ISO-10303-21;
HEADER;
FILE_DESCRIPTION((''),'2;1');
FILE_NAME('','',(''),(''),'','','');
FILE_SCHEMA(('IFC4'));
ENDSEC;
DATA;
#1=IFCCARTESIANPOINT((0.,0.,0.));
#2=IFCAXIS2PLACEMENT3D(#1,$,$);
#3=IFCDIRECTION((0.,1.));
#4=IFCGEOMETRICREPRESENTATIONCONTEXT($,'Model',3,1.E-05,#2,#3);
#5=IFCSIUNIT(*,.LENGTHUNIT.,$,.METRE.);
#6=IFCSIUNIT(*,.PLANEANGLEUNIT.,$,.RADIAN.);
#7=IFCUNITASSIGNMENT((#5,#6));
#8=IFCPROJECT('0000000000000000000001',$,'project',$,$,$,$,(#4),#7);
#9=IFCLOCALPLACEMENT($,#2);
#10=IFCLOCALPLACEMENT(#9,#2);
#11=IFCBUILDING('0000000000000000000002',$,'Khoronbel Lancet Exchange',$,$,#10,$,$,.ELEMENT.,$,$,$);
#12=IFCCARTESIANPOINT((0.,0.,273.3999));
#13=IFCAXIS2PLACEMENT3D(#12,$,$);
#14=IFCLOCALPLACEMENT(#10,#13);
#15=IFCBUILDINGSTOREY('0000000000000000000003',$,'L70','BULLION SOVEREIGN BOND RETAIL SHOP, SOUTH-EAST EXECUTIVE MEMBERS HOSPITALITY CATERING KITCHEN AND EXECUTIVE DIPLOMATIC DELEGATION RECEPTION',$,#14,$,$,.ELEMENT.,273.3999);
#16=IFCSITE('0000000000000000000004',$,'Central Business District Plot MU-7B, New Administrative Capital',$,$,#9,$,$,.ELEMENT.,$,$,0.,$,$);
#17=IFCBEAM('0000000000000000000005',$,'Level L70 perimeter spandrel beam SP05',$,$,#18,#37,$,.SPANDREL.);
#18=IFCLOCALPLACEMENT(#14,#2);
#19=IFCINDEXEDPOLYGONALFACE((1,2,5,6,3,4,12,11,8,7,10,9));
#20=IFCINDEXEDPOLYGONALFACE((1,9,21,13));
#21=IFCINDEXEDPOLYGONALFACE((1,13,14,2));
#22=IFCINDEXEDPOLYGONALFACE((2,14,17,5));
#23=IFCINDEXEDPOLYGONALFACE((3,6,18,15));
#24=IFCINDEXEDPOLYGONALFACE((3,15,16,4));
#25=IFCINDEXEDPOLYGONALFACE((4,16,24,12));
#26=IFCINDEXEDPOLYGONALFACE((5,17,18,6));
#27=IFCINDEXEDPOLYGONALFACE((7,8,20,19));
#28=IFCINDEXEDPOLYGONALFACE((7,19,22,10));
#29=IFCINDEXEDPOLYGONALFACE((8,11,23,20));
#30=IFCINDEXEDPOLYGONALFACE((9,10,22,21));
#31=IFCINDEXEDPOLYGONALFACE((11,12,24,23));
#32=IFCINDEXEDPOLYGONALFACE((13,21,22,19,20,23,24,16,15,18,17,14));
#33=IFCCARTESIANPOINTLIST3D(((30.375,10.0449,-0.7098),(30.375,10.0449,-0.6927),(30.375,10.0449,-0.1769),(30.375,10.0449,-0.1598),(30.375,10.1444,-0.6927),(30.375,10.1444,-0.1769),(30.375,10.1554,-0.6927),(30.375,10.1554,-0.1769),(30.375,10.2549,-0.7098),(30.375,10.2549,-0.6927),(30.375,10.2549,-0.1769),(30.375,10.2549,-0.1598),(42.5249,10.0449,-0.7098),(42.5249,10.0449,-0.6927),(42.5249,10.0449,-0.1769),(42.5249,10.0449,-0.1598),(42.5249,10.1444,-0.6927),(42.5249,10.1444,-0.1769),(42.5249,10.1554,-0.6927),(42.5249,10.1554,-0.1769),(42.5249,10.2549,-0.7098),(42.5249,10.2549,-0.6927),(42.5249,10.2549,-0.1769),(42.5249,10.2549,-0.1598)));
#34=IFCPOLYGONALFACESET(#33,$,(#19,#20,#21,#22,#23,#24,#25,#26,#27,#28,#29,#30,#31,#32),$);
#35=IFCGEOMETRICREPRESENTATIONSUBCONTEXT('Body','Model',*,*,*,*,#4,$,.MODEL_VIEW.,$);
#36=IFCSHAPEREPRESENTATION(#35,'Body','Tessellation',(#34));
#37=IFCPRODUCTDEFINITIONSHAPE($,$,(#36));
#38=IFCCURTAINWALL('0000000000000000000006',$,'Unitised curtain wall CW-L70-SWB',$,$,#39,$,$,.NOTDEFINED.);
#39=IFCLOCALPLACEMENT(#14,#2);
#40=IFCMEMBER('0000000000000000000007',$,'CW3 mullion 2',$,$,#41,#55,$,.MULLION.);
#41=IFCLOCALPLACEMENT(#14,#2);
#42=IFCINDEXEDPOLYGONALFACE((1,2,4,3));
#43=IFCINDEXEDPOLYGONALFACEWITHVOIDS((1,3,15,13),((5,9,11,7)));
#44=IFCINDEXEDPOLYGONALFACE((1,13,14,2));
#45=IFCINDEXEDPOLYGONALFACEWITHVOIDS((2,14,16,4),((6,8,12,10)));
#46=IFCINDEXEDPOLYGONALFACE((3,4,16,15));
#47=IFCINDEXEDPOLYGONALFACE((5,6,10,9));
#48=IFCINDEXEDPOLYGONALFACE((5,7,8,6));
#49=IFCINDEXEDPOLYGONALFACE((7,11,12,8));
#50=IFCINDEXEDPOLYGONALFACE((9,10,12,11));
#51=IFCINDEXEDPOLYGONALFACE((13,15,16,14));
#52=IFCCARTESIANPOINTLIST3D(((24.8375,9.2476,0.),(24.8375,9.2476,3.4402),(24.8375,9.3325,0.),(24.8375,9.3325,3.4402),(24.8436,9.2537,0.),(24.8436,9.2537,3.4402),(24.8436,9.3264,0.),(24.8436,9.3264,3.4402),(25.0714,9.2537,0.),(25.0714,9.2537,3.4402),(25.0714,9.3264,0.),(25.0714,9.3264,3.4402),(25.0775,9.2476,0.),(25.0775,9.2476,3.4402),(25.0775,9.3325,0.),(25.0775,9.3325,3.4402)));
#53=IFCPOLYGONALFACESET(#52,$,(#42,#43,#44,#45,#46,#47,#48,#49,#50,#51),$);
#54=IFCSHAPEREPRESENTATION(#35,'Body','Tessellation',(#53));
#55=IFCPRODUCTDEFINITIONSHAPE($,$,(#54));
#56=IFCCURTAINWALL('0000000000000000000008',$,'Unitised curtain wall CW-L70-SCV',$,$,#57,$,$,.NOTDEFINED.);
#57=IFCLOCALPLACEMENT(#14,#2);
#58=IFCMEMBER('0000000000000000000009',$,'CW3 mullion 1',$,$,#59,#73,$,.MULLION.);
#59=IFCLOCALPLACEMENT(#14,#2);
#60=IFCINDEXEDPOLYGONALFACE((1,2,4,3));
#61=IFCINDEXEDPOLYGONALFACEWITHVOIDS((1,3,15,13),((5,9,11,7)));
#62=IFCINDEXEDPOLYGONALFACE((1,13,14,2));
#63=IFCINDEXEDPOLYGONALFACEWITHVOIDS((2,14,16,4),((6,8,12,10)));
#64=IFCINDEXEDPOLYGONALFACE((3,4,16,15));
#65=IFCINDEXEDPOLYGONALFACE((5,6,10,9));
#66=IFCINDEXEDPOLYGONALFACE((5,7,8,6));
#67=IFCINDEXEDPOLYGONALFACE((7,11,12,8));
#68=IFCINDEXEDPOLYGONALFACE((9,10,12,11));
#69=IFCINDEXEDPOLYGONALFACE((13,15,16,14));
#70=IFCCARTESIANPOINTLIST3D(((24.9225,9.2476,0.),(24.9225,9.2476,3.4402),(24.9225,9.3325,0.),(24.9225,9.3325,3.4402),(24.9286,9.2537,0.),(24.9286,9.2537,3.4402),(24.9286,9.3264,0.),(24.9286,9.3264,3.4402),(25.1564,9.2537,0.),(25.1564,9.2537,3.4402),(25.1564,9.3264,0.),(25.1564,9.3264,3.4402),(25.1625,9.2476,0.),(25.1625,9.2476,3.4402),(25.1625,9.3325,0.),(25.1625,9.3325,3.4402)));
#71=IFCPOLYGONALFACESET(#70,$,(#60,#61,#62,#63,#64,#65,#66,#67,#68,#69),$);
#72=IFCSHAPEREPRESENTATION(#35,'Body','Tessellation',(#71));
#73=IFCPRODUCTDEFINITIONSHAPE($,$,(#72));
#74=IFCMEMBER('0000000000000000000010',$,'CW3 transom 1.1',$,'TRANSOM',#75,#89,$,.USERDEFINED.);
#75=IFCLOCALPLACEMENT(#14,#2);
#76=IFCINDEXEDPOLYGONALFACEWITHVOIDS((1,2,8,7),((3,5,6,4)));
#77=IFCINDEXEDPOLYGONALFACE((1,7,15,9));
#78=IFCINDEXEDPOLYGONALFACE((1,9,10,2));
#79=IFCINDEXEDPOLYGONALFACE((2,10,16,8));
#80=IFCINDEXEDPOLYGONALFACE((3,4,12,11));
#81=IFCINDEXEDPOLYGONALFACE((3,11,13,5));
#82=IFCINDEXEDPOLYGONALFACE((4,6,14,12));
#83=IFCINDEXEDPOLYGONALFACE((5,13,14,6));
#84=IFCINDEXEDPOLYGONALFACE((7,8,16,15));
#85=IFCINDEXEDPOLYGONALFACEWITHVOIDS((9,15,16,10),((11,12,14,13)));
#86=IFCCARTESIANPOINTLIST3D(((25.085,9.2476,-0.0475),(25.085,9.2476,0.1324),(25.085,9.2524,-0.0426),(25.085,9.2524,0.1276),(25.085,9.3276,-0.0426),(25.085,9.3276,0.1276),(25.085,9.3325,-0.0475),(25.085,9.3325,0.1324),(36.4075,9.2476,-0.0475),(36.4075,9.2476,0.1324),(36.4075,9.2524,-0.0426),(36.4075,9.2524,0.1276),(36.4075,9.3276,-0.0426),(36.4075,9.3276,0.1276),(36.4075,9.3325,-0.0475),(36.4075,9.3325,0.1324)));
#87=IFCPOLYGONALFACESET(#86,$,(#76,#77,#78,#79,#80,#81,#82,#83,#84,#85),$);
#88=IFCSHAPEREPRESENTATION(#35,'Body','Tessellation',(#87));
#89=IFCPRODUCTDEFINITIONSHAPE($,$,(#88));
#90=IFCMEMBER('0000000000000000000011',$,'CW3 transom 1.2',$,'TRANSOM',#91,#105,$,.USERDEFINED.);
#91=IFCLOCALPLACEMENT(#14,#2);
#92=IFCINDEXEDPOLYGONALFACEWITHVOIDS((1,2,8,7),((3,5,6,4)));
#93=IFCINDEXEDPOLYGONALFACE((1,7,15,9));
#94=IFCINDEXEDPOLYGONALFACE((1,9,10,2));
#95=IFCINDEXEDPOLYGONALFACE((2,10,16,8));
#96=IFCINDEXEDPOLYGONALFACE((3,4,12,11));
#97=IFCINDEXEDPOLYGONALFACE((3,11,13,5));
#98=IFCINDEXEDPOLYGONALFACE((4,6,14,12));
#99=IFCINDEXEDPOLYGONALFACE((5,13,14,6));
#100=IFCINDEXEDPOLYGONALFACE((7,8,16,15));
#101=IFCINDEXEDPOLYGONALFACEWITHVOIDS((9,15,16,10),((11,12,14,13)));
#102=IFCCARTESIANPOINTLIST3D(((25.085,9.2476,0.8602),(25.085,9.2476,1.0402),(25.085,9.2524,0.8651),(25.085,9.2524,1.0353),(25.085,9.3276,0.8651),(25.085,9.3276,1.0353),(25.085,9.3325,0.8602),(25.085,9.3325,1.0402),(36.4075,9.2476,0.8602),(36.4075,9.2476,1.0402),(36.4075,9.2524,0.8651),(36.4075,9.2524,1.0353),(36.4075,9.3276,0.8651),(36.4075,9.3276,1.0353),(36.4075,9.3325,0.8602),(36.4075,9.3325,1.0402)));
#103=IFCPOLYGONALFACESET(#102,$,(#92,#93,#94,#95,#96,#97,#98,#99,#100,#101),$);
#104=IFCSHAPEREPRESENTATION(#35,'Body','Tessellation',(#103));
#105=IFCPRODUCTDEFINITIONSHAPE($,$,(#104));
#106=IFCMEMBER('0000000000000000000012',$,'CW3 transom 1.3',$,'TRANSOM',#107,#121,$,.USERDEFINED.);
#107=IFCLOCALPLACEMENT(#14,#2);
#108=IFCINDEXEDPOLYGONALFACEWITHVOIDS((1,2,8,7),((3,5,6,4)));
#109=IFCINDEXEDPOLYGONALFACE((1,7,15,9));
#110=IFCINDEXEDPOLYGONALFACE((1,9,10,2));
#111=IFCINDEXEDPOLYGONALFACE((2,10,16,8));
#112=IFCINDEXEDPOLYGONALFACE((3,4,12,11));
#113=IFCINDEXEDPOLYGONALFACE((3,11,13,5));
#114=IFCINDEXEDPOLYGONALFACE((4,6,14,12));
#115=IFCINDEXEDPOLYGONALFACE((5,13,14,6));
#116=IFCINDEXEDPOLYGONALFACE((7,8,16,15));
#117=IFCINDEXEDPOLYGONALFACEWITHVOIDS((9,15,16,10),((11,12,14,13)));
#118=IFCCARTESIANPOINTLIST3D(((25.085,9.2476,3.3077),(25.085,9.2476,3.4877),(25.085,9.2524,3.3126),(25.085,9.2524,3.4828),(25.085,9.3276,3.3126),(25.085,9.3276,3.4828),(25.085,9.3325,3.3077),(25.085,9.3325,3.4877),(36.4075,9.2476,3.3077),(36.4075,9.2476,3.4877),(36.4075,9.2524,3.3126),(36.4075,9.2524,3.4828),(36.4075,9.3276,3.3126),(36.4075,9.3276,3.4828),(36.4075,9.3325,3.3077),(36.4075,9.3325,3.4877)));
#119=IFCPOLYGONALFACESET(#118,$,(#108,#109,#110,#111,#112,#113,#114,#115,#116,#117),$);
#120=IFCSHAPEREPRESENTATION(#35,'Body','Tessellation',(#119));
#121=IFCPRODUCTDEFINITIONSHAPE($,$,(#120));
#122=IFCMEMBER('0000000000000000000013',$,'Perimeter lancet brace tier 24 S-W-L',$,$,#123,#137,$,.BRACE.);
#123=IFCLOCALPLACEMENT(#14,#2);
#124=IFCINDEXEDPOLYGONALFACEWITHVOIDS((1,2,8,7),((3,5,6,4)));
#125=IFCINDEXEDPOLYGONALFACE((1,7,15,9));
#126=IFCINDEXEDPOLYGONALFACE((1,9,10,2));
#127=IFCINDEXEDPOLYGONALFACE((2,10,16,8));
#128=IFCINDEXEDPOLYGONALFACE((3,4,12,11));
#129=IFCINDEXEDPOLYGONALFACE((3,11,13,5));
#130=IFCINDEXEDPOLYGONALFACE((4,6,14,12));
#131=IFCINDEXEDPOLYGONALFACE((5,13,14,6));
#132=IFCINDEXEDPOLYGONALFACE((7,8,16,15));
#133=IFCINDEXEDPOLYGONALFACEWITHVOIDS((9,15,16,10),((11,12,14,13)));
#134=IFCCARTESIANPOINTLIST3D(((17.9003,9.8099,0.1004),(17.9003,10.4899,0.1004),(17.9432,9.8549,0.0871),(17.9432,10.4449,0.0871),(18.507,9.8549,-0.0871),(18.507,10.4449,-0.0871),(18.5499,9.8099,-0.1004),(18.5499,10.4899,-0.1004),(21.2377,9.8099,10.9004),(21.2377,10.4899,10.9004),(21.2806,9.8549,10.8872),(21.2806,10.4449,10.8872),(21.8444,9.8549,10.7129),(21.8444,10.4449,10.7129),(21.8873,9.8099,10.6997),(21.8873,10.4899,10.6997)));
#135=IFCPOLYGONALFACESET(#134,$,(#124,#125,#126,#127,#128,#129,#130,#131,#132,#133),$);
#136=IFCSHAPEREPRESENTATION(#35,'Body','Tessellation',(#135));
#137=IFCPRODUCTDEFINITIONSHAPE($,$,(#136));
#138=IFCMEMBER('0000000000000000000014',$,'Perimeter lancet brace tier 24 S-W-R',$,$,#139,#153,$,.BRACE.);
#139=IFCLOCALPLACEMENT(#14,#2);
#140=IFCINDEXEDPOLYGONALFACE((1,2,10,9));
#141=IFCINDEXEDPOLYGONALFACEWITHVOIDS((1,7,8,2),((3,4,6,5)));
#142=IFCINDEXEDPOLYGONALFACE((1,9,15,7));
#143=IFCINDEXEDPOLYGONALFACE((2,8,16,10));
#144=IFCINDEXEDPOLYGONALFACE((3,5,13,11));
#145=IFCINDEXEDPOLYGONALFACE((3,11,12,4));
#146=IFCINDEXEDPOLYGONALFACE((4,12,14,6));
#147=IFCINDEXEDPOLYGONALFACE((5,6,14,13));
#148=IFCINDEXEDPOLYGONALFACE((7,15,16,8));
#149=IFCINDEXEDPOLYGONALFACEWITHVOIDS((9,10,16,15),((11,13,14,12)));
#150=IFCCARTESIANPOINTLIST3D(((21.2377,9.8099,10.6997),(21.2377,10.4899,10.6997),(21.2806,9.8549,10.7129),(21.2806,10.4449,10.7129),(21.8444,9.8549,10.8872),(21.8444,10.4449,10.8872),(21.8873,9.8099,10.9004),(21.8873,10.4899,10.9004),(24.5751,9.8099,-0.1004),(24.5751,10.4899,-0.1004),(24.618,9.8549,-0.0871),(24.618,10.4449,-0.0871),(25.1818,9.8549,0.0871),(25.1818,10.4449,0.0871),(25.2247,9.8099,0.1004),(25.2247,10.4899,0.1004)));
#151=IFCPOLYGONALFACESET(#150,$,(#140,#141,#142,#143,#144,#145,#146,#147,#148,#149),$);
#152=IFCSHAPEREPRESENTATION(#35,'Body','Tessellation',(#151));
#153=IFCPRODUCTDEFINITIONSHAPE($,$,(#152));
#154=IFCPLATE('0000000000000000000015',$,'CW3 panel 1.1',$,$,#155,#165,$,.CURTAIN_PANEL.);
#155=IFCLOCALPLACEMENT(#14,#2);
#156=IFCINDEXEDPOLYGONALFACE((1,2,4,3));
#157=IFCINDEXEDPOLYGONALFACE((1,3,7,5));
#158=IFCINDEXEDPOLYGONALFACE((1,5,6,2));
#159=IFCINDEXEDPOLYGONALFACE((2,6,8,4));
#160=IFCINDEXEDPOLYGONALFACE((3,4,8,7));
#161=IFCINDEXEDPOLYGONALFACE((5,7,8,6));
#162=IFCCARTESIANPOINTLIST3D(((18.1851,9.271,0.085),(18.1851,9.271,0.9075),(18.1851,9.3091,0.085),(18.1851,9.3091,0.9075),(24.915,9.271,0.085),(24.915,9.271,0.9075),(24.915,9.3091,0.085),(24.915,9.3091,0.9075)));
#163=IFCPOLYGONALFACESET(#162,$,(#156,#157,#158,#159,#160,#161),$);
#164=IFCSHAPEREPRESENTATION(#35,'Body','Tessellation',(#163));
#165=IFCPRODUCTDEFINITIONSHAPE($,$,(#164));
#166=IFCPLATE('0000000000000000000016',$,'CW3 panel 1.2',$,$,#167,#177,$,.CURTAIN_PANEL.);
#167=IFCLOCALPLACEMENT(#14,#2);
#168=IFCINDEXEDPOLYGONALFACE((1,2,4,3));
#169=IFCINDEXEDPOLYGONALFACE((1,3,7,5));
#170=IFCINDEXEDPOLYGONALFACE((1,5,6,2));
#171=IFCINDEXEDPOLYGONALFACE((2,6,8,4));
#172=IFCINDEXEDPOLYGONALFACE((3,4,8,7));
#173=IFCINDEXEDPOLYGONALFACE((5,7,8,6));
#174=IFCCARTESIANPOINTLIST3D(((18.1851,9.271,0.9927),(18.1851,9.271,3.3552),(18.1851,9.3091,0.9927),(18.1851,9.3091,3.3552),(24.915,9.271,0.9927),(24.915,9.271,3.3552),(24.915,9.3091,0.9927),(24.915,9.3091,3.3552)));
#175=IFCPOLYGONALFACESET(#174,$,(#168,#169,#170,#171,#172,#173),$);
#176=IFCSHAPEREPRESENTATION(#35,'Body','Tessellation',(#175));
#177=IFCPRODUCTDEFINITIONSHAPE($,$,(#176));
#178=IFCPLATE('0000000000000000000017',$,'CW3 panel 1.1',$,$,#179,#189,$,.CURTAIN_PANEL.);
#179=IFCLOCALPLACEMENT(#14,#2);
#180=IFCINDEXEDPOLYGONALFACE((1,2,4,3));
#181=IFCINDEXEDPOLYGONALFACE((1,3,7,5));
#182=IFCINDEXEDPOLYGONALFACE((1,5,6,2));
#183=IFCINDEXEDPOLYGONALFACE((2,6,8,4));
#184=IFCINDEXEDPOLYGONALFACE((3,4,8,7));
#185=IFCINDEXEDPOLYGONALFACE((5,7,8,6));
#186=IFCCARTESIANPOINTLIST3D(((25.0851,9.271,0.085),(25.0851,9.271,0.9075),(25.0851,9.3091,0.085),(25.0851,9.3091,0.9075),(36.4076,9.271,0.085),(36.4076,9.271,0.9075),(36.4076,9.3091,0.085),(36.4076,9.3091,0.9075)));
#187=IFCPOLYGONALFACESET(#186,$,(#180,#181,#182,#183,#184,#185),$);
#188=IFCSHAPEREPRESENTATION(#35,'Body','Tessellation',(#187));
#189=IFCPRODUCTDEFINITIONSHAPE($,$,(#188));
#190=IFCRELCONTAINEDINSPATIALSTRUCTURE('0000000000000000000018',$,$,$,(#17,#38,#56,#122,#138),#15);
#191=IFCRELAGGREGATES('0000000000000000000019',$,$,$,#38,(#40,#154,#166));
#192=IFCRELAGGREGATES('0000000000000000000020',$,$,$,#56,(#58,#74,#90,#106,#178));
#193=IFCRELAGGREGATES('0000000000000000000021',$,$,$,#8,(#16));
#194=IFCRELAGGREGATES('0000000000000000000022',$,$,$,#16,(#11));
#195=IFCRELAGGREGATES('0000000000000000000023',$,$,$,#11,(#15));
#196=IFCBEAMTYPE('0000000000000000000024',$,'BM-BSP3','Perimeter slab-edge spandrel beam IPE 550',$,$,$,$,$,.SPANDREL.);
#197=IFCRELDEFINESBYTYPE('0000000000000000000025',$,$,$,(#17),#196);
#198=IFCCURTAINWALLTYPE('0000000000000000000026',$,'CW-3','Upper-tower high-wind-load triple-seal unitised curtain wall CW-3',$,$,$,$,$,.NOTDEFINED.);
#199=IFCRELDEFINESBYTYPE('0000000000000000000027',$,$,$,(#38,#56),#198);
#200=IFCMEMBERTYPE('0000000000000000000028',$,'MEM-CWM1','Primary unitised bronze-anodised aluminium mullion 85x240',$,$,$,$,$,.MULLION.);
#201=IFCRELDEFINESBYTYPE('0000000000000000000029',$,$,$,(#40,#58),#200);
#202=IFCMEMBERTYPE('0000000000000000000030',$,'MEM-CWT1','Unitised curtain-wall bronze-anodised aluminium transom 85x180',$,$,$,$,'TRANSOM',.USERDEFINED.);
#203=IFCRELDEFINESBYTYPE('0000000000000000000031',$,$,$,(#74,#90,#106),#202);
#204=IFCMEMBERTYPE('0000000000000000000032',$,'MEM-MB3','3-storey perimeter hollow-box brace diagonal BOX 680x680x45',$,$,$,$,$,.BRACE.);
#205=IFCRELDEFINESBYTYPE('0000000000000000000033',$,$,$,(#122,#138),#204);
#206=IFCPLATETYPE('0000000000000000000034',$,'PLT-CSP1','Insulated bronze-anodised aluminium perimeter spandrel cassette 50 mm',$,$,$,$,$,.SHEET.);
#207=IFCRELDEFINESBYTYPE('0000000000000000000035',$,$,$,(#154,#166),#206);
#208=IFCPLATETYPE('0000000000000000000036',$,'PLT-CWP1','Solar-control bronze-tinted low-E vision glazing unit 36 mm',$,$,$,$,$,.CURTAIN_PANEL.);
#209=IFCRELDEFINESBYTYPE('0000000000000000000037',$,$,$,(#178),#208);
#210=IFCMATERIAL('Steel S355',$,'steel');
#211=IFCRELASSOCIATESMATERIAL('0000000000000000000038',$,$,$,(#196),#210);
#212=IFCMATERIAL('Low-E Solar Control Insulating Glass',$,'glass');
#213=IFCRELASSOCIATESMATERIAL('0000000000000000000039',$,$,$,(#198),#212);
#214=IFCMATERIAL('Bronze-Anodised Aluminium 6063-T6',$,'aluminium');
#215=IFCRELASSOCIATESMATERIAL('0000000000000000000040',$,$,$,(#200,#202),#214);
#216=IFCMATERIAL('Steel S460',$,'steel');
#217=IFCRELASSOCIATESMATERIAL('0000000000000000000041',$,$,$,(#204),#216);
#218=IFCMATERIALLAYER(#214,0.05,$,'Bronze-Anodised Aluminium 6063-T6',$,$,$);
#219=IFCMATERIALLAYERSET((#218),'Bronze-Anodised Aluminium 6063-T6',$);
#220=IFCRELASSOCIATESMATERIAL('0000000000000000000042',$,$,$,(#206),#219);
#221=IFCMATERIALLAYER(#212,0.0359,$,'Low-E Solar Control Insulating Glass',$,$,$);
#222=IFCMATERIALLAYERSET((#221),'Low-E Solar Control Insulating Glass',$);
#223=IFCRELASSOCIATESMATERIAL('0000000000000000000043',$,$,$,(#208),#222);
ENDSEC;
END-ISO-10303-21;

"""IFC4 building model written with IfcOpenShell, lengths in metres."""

from ifc_helpers import new_model, si_unit, direction, frame, origin, origin_2d, place, context, subcontext, project, spatial, rectangle, hollow_rectangle, i_section, extrude, material, layer, layer_set, material_profile, profile_set, type_object, element, aggregate, save


model = new_model("IFC4")

# Units and contexts
model_context = context("Model", 3, precision=1e-05, world=origin(), true_north=direction((0.0, 1.0)))
body_context = subcontext(model_context, "Body", "Model", "MODEL_VIEW")
ifc_project = project(units=[si_unit("LENGTHUNIT", "METRE"), si_unit("PLANEANGLEUNIT", "RADIAN")], contexts=[model_context])

# Site, building, storey
site_placement = place(None, origin())
site = spatial("IfcSite", under=ifc_project, at=site_placement, Name="Central Business District Plot MU-7B, New Administrative Capital", CompositionType="ELEMENT", RefElevation=0.0)
building_placement = place(site_placement, origin())
building = spatial("IfcBuilding", under=site, at=building_placement, Name="Khoronbel Lancet Exchange", CompositionType="ELEMENT")
storey_placement = place(building_placement, frame((0.0, 0.0, 273.3999)))
storey = spatial("IfcBuildingStorey", under=building, at=storey_placement, Name="L70", Description="BULLION SOVEREIGN BOND RETAIL SHOP, SOUTH-EAST EXECUTIVE MEMBERS HOSPITALITY CATERING KITCHEN AND EXECUTIVE DIPLOMATIC DELEGATION RECEPTION", CompositionType="ELEMENT", Elevation=273.3999)

# Shared definitions
ifc_material_1 = material(Name="Steel S460", Category="steel")

# Beam
ifc_material_2 = material(Name="Steel S355", Category="steel")
ifc_material_profile_1 = material_profile(ifc_material_2, i_section(OverallWidth=0.21, OverallDepth=0.55, WebThickness=0.011, FlangeThickness=0.0171, at=origin_2d()), Name="IPE 550")
ifc_profile_set_1 = profile_set([ifc_material_profile_1], Name="Steel S355")
beam_type_1 = type_object("IfcBeamType", Name="BM-BSP3", Description="Perimeter slab-edge spandrel beam IPE 550", PredefinedType="SPANDREL", material=ifc_profile_set_1)
beam_1_placement = place(storey_placement, frame((30.375, 10.1499, -0.4348), z_axis=(1.0, 0.0, 0.0), x_axis=(0.0, 1.0, 0.0)))
element("IfcBeam", 1, at=beam_1_placement, inside=storey, type_object=beam_type_1, Name="Level L70 perimeter spandrel beam SP05", PredefinedType="SPANDREL", context=body_context, shape_type="SweptSolid", body=[
    extrude(i_section(OverallWidth=0.21, OverallDepth=0.55, WebThickness=0.011, FlangeThickness=0.0171, at=origin_2d()), origin(), (0.0, 0.0, 1.0), 12.1499),
])

# Curtain wall, member
ifc_material_3 = material(Name="Low-E Solar Control Insulating Glass", Category="glass")
curtain_wall_type = type_object("IfcCurtainWallType", Name="CW-3", Description="Upper-tower high-wind-load triple-seal unitised curtain wall CW-3", PredefinedType="NOTDEFINED", material=ifc_material_3)
curtain_wall_1_placement = place(storey_placement, origin())
curtain_wall_1 = element("IfcCurtainWall", 2, at=curtain_wall_1_placement, inside=storey, type_object=curtain_wall_type, Name="Unitised curtain wall CW-L70-SWB", PredefinedType="NOTDEFINED")
ifc_material_4 = material(Name="Bronze-Anodised Aluminium 6063-T6", Category="aluminium")
ifc_material_profile_2 = material_profile(ifc_material_4, hollow_rectangle(XDim=0.085, YDim=0.24, WallThickness=0.0061, at=origin_2d()), Name="ALU MULLION 85x240")
ifc_profile_set_2 = profile_set([ifc_material_profile_2], Name="Bronze-Anodised Aluminium 6063-T6")
member_type_1 = type_object("IfcMemberType", Name="MEM-CWM1", Description="Primary unitised bronze-anodised aluminium mullion 85x240", PredefinedType="MULLION", material=ifc_profile_set_2)
member_1_placement = place(storey_placement, frame((24.9575, 9.29, 0.0), z_axis=(0.0, 0.0, 1.0), x_axis=(0.0, 1.0, 0.0)))
member_1 = element("IfcMember", 3, at=member_1_placement, type_object=member_type_1, Name="CW3 mullion 2", PredefinedType="MULLION", context=body_context, shape_type="SweptSolid", body=[
    extrude(hollow_rectangle(XDim=0.085, YDim=0.24, WallThickness=0.0061, at=origin_2d()), origin(), (0.0, 0.0, 1.0), 3.4402),
])

# Curtain wall, members
curtain_wall_2_placement = place(storey_placement, origin())
curtain_wall_2 = element("IfcCurtainWall", 4, at=curtain_wall_2_placement, inside=storey, type_object=curtain_wall_type, Name="Unitised curtain wall CW-L70-SCV", PredefinedType="NOTDEFINED")
member_2_placement = place(storey_placement, frame((25.0425, 9.29, 0.0), z_axis=(0.0, 0.0, 1.0), x_axis=(0.0, 1.0, 0.0)))
member_2 = element("IfcMember", 5, at=member_2_placement, type_object=member_type_1, Name="CW3 mullion 1", PredefinedType="MULLION", context=body_context, shape_type="SweptSolid", body=[
    extrude(hollow_rectangle(XDim=0.085, YDim=0.24, WallThickness=0.0061, at=origin_2d()), origin(), (0.0, 0.0, 1.0), 3.4402),
])
ifc_material_profile_3 = material_profile(ifc_material_4, hollow_rectangle(XDim=0.085, YDim=0.1799, WallThickness=0.0049, at=origin_2d()), Name="ALU TRANSOM 85x180")
ifc_profile_set_3 = profile_set([ifc_material_profile_3], Name="Bronze-Anodised Aluminium 6063-T6")
member_type_2 = type_object("IfcMemberType", Name="MEM-CWT1", Description="Unitised curtain-wall bronze-anodised aluminium transom 85x180", ElementType="TRANSOM", PredefinedType="USERDEFINED", material=ifc_profile_set_3)
member_3_placement = place(storey_placement, frame((25.085, 9.29, 0.0425), z_axis=(1.0, 0.0, 0.0), x_axis=(0.0, 1.0, 0.0)))
member_3 = element("IfcMember", 6, at=member_3_placement, type_object=member_type_2, Name="CW3 transom 1.1", ObjectType="TRANSOM", PredefinedType="USERDEFINED", context=body_context, shape_type="SweptSolid", body=[
    extrude(hollow_rectangle(XDim=0.085, YDim=0.1799, WallThickness=0.0049, at=origin_2d()), origin(), (0.0, 0.0, 1.0), 11.3225),
])
member_4_placement = place(storey_placement, frame((25.085, 9.29, 0.9502), z_axis=(1.0, 0.0, 0.0), x_axis=(0.0, 1.0, 0.0)))
member_4 = element("IfcMember", 7, at=member_4_placement, type_object=member_type_2, Name="CW3 transom 1.2", ObjectType="TRANSOM", PredefinedType="USERDEFINED", context=body_context, shape_type="SweptSolid", body=[
    extrude(hollow_rectangle(XDim=0.085, YDim=0.1799, WallThickness=0.0049, at=origin_2d()), origin(), (0.0, 0.0, 1.0), 11.3225),
])
member_5_placement = place(storey_placement, frame((25.085, 9.29, 3.3977), z_axis=(1.0, 0.0, 0.0), x_axis=(0.0, 1.0, 0.0)))
member_5 = element("IfcMember", 8, at=member_5_placement, type_object=member_type_2, Name="CW3 transom 1.3", ObjectType="TRANSOM", PredefinedType="USERDEFINED", context=body_context, shape_type="SweptSolid", body=[
    extrude(hollow_rectangle(XDim=0.085, YDim=0.1799, WallThickness=0.0049, at=origin_2d()), origin(), (0.0, 0.0, 1.0), 11.3225),
])

# Members
ifc_material_profile_4 = material_profile(ifc_material_1, hollow_rectangle(XDim=0.6799, YDim=0.6799, WallThickness=0.0449, at=origin_2d()), Name="BOX 680x680x45")
ifc_profile_set_4 = profile_set([ifc_material_profile_4], Name="Steel S460")
member_type_3 = type_object("IfcMemberType", Name="MEM-MB3", Description="3-storey perimeter hollow-box brace diagonal BOX 680x680x45", PredefinedType="BRACE", material=ifc_profile_set_4)
for number, where, z_axis, x_axis, name in (
    (9, (18.2251, 10.1499, 0.0), (0.295242, 0.0, 0.955422), (0.0, 1.0, 0.0), "Perimeter lancet brace tier 24 S-W-L"),
    (10, (24.8999, 10.1499, 0.0), (-0.295242, 0.0, 0.955422), (0.0, -1.0, 0.0), "Perimeter lancet brace tier 24 S-W-R"),
):
    element("IfcMember", number, at=place(storey_placement, frame(where, z_axis=z_axis, x_axis=x_axis)), inside=storey, type_object=member_type_3, Name=name, PredefinedType="BRACE", context=body_context, shape_type="SweptSolid", body=[
        extrude(hollow_rectangle(XDim=0.6799, YDim=0.6799, WallThickness=0.0449, at=origin_2d()), origin(), (0.0, 0.0, 1.0), 11.304),
    ])

# Plates
ifc_layer_1 = layer(ifc_material_4, 0.05, Name="Bronze-Anodised Aluminium 6063-T6")
ifc_layer_set_1 = layer_set([ifc_layer_1], Name="Bronze-Anodised Aluminium 6063-T6")
plate_type_1 = type_object("IfcPlateType", Name="PLT-CSP1", Description="Insulated bronze-anodised aluminium perimeter spandrel cassette 50 mm", PredefinedType="SHEET", material=ifc_layer_set_1)
plate_1_placement = place(storey_placement, frame((21.55, 9.29, 0.085), z_axis=(0.0, 0.0, 1.0), x_axis=(1.0, 0.0, 0.0)))
plate_1 = element("IfcPlate", 11, at=plate_1_placement, type_object=plate_type_1, Name="CW3 panel 1.1", PredefinedType="CURTAIN_PANEL", context=body_context, shape_type="SweptSolid", body=[
    extrude(rectangle(XDim=6.73, YDim=0.0381, at=origin_2d()), origin(), (0.0, 0.0, 1.0), 0.8225),
])
plate_2_placement = place(storey_placement, frame((21.55, 9.29, 0.9927), z_axis=(0.0, 0.0, 1.0), x_axis=(1.0, 0.0, 0.0)))
plate_2 = element("IfcPlate", 12, at=plate_2_placement, type_object=plate_type_1, Name="CW3 panel 1.2", PredefinedType="CURTAIN_PANEL", context=body_context, shape_type="SweptSolid", body=[
    extrude(rectangle(XDim=6.73, YDim=0.0381, at=origin_2d()), origin(), (0.0, 0.0, 1.0), 2.3625),
])
aggregate(curtain_wall_1, [member_1, plate_1, plate_2])
ifc_layer_2 = layer(ifc_material_3, 0.0359, Name="Low-E Solar Control Insulating Glass")
ifc_layer_set_2 = layer_set([ifc_layer_2], Name="Low-E Solar Control Insulating Glass")
plate_type_2 = type_object("IfcPlateType", Name="PLT-CWP1", Description="Solar-control bronze-tinted low-E vision glazing unit 36 mm", PredefinedType="CURTAIN_PANEL", material=ifc_layer_set_2)
plate_3_placement = place(storey_placement, frame((30.7463, 9.29, 0.085), z_axis=(0.0, 0.0, 1.0), x_axis=(1.0, 0.0, 0.0)))
plate_3 = element("IfcPlate", 13, at=plate_3_placement, type_object=plate_type_2, Name="CW3 panel 1.1", PredefinedType="CURTAIN_PANEL", context=body_context, shape_type="SweptSolid", body=[
    extrude(rectangle(XDim=11.3225, YDim=0.0381, at=origin_2d()), origin(), (0.0, 0.0, 1.0), 0.8225),
])
aggregate(curtain_wall_2, [member_2, member_3, member_4, member_5, plate_3])

save(model, "model.ifc")
